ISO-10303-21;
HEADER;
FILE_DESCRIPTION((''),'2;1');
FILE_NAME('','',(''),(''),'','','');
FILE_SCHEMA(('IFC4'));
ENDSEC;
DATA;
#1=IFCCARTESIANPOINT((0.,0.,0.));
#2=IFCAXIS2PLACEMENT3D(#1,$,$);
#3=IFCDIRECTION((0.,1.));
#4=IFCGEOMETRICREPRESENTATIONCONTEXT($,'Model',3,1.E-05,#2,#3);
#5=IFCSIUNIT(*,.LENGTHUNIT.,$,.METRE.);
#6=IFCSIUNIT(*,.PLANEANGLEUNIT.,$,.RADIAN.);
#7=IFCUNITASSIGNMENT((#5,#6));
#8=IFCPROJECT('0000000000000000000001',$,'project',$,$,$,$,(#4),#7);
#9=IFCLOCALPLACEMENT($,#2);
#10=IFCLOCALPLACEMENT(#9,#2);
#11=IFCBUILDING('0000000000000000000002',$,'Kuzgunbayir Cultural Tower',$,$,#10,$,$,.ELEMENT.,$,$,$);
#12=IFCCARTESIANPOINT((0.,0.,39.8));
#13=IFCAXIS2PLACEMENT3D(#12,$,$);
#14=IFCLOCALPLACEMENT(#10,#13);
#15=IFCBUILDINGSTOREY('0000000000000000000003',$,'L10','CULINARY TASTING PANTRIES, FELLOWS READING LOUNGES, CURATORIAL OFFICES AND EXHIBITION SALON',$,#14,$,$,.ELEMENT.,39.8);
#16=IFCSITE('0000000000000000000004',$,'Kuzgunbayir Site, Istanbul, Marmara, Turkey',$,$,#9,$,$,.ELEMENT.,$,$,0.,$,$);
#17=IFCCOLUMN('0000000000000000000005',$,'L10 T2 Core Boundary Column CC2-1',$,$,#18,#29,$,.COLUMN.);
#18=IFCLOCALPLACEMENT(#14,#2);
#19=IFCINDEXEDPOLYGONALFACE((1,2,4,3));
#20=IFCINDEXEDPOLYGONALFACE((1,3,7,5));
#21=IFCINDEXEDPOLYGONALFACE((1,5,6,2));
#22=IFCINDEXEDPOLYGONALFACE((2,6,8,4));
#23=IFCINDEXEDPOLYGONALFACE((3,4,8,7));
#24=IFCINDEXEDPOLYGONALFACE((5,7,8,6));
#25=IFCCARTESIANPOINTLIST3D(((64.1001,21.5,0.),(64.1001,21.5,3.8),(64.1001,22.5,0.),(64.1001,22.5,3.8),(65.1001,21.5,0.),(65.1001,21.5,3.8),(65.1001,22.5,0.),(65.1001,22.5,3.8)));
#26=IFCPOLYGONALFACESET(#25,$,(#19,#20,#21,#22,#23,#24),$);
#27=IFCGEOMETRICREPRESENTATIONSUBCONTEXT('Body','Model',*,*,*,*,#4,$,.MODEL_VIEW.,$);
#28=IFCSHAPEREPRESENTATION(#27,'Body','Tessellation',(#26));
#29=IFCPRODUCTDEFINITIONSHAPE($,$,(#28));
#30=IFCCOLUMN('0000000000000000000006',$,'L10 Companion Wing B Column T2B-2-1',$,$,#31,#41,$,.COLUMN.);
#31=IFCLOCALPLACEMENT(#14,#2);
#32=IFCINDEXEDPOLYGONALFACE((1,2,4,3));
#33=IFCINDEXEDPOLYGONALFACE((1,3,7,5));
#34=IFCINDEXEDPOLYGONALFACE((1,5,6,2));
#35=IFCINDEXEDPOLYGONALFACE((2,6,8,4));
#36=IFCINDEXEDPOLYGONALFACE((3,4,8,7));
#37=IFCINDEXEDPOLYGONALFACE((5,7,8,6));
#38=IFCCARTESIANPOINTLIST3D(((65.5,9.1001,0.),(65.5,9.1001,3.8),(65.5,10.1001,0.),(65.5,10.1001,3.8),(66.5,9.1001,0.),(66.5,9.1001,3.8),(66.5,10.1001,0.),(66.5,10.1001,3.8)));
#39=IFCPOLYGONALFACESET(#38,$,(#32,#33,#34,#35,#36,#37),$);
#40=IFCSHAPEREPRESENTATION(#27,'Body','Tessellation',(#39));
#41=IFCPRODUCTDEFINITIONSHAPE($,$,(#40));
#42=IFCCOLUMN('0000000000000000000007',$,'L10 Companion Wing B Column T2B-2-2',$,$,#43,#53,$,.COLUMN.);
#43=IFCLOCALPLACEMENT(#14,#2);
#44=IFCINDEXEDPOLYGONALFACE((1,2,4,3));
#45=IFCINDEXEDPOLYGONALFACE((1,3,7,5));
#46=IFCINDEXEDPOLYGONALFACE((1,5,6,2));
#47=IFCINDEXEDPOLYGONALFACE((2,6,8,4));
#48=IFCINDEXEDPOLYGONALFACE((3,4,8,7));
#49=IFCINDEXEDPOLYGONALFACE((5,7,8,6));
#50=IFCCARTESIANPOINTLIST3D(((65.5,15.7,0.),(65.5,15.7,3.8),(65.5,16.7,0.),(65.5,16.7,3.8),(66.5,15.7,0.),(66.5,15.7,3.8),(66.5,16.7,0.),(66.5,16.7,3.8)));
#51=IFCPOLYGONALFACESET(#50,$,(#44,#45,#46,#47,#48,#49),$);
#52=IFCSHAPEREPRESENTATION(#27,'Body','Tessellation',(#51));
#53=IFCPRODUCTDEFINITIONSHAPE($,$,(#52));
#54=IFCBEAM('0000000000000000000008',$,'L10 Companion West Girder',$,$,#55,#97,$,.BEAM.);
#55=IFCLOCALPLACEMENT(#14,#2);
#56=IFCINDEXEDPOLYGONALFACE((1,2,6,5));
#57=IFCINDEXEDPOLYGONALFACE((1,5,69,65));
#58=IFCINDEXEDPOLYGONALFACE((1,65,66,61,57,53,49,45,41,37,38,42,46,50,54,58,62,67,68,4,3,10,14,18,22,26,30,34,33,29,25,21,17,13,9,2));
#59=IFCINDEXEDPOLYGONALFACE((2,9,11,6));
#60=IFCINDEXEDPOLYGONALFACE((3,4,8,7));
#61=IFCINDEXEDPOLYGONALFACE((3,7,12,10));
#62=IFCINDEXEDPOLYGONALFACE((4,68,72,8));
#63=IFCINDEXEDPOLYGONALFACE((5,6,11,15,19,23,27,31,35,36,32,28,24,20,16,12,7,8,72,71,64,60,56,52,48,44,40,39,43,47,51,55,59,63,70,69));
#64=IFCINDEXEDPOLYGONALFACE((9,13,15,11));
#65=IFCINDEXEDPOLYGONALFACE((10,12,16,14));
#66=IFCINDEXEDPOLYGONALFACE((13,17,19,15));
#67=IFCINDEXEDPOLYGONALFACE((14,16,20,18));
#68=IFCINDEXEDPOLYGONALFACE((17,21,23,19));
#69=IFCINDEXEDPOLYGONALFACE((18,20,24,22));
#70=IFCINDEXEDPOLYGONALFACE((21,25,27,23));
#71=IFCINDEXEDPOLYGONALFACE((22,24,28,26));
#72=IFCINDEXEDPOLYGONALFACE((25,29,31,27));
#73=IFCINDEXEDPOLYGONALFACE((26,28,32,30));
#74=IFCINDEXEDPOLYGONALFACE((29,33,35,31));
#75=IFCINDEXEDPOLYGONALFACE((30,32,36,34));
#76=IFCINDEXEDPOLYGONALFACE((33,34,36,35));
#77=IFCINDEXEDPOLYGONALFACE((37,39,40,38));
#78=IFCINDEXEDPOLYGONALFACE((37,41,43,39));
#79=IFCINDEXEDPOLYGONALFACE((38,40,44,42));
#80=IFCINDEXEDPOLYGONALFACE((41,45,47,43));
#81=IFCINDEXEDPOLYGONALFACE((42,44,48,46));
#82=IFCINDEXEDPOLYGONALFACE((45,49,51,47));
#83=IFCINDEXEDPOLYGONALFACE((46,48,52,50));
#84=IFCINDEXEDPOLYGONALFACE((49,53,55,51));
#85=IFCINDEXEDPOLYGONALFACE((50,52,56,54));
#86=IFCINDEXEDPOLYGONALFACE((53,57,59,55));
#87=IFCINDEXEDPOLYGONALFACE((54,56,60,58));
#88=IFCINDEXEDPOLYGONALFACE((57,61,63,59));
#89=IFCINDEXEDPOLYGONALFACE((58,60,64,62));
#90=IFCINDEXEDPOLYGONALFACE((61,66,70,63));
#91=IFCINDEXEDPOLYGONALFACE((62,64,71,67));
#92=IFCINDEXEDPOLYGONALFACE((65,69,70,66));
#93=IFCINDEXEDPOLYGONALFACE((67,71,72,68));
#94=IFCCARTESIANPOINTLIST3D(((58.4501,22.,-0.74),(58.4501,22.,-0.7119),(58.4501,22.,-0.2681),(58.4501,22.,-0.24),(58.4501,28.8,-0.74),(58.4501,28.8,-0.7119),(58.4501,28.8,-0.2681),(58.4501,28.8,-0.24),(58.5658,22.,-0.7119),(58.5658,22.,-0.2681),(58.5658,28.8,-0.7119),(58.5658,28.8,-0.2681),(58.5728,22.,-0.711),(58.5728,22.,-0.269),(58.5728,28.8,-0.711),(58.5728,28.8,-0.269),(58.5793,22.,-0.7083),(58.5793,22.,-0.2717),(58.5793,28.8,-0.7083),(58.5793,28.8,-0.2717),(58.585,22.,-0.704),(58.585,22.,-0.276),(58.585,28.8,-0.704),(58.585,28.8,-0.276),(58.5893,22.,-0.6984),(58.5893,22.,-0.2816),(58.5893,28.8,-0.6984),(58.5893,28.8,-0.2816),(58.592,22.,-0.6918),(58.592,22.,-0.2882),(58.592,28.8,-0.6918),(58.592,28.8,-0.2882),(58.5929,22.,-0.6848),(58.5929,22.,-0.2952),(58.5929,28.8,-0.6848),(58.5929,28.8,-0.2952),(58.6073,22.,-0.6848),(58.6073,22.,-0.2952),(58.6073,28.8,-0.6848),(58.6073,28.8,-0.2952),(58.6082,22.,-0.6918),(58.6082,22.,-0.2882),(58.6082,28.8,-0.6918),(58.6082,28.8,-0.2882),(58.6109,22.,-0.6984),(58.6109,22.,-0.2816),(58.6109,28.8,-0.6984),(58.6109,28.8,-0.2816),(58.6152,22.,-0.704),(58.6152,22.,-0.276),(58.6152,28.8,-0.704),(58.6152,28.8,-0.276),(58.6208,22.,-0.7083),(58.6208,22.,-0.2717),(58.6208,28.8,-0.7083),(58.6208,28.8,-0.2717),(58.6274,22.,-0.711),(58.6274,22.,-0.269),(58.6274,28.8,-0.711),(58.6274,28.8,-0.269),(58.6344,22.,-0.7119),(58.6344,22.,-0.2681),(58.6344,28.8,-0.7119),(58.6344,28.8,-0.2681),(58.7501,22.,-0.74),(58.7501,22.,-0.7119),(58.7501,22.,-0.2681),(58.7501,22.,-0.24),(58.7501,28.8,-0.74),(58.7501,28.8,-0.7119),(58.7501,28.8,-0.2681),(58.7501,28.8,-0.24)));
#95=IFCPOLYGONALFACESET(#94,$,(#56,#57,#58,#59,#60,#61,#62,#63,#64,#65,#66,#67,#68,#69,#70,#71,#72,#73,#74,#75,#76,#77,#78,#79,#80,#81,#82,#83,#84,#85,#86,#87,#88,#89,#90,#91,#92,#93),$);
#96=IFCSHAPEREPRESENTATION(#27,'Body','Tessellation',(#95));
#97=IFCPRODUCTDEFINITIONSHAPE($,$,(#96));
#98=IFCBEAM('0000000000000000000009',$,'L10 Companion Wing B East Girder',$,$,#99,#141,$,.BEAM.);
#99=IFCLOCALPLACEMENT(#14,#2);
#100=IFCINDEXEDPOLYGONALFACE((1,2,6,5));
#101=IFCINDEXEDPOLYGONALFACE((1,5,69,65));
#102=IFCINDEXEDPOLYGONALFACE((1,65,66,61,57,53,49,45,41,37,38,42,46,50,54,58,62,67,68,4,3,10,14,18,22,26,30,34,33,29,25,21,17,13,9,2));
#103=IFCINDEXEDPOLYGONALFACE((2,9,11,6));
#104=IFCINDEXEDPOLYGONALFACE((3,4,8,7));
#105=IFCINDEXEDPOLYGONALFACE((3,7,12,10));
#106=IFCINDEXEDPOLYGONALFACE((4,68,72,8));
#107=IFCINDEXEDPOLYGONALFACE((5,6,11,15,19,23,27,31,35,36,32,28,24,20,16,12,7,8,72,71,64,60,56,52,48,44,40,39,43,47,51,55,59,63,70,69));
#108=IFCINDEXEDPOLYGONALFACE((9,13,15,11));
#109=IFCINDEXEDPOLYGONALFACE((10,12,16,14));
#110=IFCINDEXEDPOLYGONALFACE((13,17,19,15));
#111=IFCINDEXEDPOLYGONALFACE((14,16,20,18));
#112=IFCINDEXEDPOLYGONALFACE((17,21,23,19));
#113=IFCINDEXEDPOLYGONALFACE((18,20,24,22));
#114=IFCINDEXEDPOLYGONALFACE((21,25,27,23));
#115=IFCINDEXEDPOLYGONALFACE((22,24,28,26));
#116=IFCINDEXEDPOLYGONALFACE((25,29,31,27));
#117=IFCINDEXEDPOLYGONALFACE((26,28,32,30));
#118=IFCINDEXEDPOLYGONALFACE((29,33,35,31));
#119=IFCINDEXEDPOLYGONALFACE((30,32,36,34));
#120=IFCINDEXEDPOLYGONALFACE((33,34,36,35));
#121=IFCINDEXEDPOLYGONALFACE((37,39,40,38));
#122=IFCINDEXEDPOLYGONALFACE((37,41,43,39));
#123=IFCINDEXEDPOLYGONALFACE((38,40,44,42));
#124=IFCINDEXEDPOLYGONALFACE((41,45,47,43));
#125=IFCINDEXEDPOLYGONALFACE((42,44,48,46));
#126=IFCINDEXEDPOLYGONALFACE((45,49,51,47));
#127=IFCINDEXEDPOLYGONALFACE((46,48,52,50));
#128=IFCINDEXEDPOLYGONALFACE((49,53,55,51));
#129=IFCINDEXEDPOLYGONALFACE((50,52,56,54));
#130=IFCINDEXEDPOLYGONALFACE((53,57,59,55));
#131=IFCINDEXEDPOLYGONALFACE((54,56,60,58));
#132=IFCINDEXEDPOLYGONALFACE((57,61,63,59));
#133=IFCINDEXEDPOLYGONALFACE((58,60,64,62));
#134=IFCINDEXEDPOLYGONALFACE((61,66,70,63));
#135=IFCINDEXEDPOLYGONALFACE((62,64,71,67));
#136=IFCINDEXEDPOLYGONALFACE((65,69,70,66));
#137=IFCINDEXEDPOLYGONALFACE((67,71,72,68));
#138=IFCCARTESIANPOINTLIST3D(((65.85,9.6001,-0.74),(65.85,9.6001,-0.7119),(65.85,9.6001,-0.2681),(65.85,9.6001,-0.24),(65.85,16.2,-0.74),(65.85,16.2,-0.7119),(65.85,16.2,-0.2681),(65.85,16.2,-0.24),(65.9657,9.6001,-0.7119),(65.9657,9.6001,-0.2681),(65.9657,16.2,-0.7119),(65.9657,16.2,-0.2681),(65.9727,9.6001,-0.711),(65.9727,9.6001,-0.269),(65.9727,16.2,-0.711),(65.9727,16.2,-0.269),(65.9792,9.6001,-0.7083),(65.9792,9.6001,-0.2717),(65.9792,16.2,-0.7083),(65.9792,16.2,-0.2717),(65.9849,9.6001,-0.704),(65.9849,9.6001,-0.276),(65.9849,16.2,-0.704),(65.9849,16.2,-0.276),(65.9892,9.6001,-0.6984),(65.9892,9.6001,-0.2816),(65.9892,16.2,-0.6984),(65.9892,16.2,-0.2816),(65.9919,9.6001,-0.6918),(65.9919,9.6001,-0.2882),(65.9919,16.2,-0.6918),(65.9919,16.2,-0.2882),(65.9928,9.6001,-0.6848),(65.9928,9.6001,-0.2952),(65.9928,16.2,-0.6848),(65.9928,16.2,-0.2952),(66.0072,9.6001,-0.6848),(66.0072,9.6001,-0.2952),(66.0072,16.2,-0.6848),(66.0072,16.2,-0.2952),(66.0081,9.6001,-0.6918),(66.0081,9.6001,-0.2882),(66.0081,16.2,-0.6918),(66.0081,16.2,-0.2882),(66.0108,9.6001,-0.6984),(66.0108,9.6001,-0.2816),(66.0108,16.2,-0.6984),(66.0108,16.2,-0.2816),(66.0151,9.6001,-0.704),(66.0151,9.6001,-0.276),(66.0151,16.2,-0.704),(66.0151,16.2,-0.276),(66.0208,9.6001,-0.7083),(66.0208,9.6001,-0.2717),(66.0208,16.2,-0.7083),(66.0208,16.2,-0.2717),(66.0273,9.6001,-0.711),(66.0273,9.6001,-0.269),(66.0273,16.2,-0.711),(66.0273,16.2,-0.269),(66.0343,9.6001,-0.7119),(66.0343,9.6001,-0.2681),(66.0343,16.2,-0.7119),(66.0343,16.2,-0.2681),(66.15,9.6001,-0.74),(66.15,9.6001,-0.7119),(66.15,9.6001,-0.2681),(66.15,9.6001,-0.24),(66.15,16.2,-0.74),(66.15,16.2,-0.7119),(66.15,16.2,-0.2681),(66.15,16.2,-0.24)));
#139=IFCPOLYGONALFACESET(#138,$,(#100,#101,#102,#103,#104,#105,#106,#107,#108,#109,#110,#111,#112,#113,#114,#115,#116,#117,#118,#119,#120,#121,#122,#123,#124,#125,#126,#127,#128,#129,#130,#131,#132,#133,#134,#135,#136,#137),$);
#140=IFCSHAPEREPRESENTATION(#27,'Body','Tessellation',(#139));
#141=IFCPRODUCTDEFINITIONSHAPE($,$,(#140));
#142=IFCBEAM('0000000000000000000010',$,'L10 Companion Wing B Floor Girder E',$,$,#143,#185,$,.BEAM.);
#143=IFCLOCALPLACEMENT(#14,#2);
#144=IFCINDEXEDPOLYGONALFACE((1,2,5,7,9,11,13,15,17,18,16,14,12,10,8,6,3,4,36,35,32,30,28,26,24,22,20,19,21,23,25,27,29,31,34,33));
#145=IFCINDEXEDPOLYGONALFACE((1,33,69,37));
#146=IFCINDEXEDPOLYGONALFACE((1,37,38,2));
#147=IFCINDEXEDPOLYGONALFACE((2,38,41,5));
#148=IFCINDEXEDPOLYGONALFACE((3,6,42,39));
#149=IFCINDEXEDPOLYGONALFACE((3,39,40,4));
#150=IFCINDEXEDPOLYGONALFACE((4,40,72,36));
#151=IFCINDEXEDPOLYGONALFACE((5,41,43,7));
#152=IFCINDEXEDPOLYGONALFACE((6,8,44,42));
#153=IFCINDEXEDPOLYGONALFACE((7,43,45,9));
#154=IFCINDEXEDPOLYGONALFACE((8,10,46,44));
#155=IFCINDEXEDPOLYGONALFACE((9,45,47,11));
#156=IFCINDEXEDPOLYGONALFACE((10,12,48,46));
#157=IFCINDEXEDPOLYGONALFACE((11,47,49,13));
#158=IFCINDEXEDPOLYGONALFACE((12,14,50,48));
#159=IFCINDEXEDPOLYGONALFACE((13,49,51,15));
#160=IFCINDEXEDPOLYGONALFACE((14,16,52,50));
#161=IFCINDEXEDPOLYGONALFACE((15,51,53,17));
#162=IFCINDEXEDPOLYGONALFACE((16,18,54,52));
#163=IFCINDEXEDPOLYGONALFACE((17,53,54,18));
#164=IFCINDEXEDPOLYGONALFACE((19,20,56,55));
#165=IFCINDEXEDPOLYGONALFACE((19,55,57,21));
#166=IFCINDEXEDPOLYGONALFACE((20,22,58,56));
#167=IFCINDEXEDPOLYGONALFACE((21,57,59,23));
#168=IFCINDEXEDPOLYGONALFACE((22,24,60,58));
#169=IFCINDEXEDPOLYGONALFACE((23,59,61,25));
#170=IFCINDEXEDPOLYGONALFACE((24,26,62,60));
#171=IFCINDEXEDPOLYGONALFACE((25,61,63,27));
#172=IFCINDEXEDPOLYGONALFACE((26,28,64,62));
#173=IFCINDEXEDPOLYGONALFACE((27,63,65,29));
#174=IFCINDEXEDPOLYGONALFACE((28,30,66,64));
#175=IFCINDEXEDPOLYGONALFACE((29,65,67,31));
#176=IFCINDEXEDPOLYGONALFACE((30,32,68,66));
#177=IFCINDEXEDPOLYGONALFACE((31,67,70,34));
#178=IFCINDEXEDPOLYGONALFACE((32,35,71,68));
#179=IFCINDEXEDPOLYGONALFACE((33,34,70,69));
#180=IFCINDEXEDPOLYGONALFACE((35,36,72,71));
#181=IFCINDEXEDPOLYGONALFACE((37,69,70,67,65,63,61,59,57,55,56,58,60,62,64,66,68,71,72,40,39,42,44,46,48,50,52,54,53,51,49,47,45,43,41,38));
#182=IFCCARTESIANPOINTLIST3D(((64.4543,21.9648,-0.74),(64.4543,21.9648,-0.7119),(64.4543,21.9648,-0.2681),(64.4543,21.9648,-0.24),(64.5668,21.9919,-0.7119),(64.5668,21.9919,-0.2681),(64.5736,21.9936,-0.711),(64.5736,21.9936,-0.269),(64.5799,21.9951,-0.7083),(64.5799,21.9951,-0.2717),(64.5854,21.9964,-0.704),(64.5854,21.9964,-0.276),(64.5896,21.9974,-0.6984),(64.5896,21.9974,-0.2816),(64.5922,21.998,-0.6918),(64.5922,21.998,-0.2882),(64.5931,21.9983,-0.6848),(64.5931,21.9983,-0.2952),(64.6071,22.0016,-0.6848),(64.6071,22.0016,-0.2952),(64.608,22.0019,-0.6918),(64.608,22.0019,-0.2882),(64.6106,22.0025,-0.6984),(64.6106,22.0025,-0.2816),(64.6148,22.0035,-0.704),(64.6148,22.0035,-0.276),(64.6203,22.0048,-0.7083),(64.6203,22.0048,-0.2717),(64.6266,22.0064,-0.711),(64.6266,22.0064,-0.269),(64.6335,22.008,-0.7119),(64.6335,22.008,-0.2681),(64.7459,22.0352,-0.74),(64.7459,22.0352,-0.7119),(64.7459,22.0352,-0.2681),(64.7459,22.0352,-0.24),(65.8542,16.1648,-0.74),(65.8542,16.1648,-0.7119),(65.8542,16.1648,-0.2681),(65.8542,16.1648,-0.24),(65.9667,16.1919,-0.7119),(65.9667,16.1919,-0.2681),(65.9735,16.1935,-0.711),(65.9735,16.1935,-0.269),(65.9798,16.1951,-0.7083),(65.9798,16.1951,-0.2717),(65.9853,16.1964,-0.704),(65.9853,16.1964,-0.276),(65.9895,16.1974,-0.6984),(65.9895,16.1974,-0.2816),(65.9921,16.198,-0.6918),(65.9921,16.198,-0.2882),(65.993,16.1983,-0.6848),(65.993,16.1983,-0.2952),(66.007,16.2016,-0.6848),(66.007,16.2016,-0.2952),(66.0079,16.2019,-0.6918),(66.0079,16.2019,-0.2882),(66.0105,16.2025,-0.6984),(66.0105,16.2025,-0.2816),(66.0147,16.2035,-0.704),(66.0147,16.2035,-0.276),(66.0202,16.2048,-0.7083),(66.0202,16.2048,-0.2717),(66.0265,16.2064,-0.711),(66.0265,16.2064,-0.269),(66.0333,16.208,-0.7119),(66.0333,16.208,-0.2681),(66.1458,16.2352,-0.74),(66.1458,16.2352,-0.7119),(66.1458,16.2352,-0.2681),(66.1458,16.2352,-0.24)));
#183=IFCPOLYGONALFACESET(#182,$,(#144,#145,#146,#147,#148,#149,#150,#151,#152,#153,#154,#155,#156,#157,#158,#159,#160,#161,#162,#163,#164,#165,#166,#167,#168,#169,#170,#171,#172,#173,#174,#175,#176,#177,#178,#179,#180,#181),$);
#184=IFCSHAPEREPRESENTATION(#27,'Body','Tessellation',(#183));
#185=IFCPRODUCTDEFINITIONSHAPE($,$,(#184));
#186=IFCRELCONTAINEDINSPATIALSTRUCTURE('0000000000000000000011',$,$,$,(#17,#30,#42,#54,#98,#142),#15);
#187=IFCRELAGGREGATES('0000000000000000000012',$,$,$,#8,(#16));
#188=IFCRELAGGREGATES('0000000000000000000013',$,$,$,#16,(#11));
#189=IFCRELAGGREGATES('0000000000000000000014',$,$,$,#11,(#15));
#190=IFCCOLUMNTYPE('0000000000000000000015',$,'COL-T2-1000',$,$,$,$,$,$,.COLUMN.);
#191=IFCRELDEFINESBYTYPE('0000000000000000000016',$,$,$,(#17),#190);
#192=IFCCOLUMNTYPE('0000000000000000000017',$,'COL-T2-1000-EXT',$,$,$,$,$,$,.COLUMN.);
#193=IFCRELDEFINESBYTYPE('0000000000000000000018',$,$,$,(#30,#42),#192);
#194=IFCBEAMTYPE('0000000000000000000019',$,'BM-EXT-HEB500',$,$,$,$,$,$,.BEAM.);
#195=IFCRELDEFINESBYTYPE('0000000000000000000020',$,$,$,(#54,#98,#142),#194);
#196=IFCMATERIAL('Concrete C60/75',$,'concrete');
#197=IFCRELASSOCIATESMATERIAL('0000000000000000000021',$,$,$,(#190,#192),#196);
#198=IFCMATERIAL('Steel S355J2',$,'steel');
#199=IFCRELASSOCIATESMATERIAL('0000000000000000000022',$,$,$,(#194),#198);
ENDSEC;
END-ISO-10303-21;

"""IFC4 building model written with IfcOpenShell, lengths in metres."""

from ifc_helpers import new_model, si_unit, direction, frame, origin, origin_2d, place, context, subcontext, project, spatial, rectangle, i_section, extrude, material, material_profile, profile_set, type_object, element, save


model = new_model("IFC4")

# Units and contexts
model_context = context("Model", 3, precision=1e-05, world=origin(), true_north=direction((0.0, 1.0)))
body_context = subcontext(model_context, "Body", "Model", "MODEL_VIEW")
ifc_project = project(units=[si_unit("LENGTHUNIT", "METRE"), si_unit("PLANEANGLEUNIT", "RADIAN")], contexts=[model_context])

# Site, building, storey
site_placement = place(None, origin())
site = spatial("IfcSite", under=ifc_project, at=site_placement, Name="Kuzgunbayir Site, Istanbul, Marmara, Turkey", CompositionType="ELEMENT", RefElevation=0.0)
building_placement = place(site_placement, origin())
building = spatial("IfcBuilding", under=site, at=building_placement, Name="Kuzgunbayir Cultural Tower", CompositionType="ELEMENT")
storey_placement = place(building_placement, frame((0.0, 0.0, 39.8)))
storey = spatial("IfcBuildingStorey", under=building, at=storey_placement, Name="L10", Description="CULINARY TASTING PANTRIES, FELLOWS READING LOUNGES, CURATORIAL OFFICES AND EXHIBITION SALON", CompositionType="ELEMENT", Elevation=39.8)

# Columns
ifc_material_1 = material(Name="Concrete C60/75", Category="concrete")
ifc_material_profile_1 = material_profile(ifc_material_1, rectangle(XDim=1.0, YDim=1.0, at=origin_2d()), Name="RC 1000x1000")
ifc_profile_set_1 = profile_set([ifc_material_profile_1], Name="Concrete C60/75")
column_type_1 = type_object("IfcColumnType", Name="COL-T2-1000", PredefinedType="COLUMN", material=ifc_profile_set_1)
column_placement = place(storey_placement, frame((64.6001, 22.0, 0.0), z_axis=(0.0, 0.0, 1.0), x_axis=(1.0, 0.0, 0.0)))
element("IfcColumn", 1, at=column_placement, inside=storey, type_object=column_type_1, Name="L10 T2 Core Boundary Column CC2-1", PredefinedType="COLUMN", context=body_context, shape_type="SweptSolid", body=[
    extrude(rectangle(XDim=1.0, YDim=1.0, at=origin_2d()), origin(), (0.0, 0.0, 1.0), 3.8),
])
ifc_material_profile_2 = material_profile(ifc_material_1, rectangle(XDim=1.0, YDim=1.0, at=origin_2d()), Name="RC 1000x1000")
ifc_profile_set_2 = profile_set([ifc_material_profile_2], Name="Concrete C60/75")
column_type_2 = type_object("IfcColumnType", Name="COL-T2-1000-EXT", PredefinedType="COLUMN", material=ifc_profile_set_2)
for number, where, z_axis, x_axis, name in (
    (2, (66.0, 9.6001, 0.0), (0.0, 0.0, 1.0), (1.0, 0.0, 0.0), "L10 Companion Wing B Column T2B-2-1"),
    (3, (66.0, 16.2, 0.0), (0.0, 0.0, 1.0), (1.0, 0.0, 0.0), "L10 Companion Wing B Column T2B-2-2"),
):
    element("IfcColumn", number, at=place(storey_placement, frame(where, z_axis=z_axis, x_axis=x_axis)), inside=storey, type_object=column_type_2, Name=name, PredefinedType="COLUMN", context=body_context, shape_type="SweptSolid", body=[
        extrude(rectangle(XDim=1.0, YDim=1.0, at=origin_2d()), origin(), (0.0, 0.0, 1.0), 3.8),
    ])

# Beams
ifc_material_2 = material(Name="Steel S355J2", Category="steel")
ifc_material_profile_3 = material_profile(ifc_material_2, i_section(OverallWidth=0.3, OverallDepth=0.5, WebThickness=0.0144, FlangeThickness=0.0281, FilletRadius=0.0271, at=origin_2d()), Name="HEB 500")
ifc_profile_set_3 = profile_set([ifc_material_profile_3], Name="Steel S355J2")
beam_type_1 = type_object("IfcBeamType", Name="BM-EXT-HEB500", PredefinedType="BEAM", material=ifc_profile_set_3)
beam_1_placement = place(storey_placement, frame((58.6001, 22.0, -0.49), z_axis=(0.0, 1.0, 0.0), x_axis=(-1.0, 0.0, 0.0)))
element("IfcBeam", 4, at=beam_1_placement, inside=storey, type_object=beam_type_1, Name="L10 Companion West Girder", PredefinedType="BEAM", context=body_context, shape_type="SweptSolid", body=[
    extrude(i_section(OverallWidth=0.3, OverallDepth=0.5, WebThickness=0.0144, FlangeThickness=0.0281, FilletRadius=0.0271, at=origin_2d()), origin(), (0.0, 0.0, 1.0), 6.8),
])
beam_2_placement = place(storey_placement, frame((66.0, 9.6001, -0.49), z_axis=(0.0, 1.0, 0.0), x_axis=(-1.0, 0.0, 0.0)))
element("IfcBeam", 5, at=beam_2_placement, inside=storey, type_object=beam_type_1, Name="L10 Companion Wing B East Girder", PredefinedType="BEAM", context=body_context, shape_type="SweptSolid", body=[
    extrude(i_section(OverallWidth=0.3, OverallDepth=0.5, WebThickness=0.0144, FlangeThickness=0.0281, FilletRadius=0.0271, at=origin_2d()), origin(), (0.0, 0.0, 1.0), 6.5999),
])
beam_3_placement = place(storey_placement, frame((66.0, 16.2, -0.49), z_axis=(-0.234623, 0.972086, 0.0), x_axis=(-0.972086, -0.234623, 0.0)))
element("IfcBeam", 6, at=beam_3_placement, inside=storey, type_object=beam_type_1, Name="L10 Companion Wing B Floor Girder E", PredefinedType="BEAM", context=body_context, shape_type="SweptSolid", body=[
    extrude(i_section(OverallWidth=0.3, OverallDepth=0.5, WebThickness=0.0144, FlangeThickness=0.0281, FilletRadius=0.0271, at=origin_2d()), origin(), (0.0, 0.0, 1.0), 5.9666),
])

save(model, "model.ifc")
